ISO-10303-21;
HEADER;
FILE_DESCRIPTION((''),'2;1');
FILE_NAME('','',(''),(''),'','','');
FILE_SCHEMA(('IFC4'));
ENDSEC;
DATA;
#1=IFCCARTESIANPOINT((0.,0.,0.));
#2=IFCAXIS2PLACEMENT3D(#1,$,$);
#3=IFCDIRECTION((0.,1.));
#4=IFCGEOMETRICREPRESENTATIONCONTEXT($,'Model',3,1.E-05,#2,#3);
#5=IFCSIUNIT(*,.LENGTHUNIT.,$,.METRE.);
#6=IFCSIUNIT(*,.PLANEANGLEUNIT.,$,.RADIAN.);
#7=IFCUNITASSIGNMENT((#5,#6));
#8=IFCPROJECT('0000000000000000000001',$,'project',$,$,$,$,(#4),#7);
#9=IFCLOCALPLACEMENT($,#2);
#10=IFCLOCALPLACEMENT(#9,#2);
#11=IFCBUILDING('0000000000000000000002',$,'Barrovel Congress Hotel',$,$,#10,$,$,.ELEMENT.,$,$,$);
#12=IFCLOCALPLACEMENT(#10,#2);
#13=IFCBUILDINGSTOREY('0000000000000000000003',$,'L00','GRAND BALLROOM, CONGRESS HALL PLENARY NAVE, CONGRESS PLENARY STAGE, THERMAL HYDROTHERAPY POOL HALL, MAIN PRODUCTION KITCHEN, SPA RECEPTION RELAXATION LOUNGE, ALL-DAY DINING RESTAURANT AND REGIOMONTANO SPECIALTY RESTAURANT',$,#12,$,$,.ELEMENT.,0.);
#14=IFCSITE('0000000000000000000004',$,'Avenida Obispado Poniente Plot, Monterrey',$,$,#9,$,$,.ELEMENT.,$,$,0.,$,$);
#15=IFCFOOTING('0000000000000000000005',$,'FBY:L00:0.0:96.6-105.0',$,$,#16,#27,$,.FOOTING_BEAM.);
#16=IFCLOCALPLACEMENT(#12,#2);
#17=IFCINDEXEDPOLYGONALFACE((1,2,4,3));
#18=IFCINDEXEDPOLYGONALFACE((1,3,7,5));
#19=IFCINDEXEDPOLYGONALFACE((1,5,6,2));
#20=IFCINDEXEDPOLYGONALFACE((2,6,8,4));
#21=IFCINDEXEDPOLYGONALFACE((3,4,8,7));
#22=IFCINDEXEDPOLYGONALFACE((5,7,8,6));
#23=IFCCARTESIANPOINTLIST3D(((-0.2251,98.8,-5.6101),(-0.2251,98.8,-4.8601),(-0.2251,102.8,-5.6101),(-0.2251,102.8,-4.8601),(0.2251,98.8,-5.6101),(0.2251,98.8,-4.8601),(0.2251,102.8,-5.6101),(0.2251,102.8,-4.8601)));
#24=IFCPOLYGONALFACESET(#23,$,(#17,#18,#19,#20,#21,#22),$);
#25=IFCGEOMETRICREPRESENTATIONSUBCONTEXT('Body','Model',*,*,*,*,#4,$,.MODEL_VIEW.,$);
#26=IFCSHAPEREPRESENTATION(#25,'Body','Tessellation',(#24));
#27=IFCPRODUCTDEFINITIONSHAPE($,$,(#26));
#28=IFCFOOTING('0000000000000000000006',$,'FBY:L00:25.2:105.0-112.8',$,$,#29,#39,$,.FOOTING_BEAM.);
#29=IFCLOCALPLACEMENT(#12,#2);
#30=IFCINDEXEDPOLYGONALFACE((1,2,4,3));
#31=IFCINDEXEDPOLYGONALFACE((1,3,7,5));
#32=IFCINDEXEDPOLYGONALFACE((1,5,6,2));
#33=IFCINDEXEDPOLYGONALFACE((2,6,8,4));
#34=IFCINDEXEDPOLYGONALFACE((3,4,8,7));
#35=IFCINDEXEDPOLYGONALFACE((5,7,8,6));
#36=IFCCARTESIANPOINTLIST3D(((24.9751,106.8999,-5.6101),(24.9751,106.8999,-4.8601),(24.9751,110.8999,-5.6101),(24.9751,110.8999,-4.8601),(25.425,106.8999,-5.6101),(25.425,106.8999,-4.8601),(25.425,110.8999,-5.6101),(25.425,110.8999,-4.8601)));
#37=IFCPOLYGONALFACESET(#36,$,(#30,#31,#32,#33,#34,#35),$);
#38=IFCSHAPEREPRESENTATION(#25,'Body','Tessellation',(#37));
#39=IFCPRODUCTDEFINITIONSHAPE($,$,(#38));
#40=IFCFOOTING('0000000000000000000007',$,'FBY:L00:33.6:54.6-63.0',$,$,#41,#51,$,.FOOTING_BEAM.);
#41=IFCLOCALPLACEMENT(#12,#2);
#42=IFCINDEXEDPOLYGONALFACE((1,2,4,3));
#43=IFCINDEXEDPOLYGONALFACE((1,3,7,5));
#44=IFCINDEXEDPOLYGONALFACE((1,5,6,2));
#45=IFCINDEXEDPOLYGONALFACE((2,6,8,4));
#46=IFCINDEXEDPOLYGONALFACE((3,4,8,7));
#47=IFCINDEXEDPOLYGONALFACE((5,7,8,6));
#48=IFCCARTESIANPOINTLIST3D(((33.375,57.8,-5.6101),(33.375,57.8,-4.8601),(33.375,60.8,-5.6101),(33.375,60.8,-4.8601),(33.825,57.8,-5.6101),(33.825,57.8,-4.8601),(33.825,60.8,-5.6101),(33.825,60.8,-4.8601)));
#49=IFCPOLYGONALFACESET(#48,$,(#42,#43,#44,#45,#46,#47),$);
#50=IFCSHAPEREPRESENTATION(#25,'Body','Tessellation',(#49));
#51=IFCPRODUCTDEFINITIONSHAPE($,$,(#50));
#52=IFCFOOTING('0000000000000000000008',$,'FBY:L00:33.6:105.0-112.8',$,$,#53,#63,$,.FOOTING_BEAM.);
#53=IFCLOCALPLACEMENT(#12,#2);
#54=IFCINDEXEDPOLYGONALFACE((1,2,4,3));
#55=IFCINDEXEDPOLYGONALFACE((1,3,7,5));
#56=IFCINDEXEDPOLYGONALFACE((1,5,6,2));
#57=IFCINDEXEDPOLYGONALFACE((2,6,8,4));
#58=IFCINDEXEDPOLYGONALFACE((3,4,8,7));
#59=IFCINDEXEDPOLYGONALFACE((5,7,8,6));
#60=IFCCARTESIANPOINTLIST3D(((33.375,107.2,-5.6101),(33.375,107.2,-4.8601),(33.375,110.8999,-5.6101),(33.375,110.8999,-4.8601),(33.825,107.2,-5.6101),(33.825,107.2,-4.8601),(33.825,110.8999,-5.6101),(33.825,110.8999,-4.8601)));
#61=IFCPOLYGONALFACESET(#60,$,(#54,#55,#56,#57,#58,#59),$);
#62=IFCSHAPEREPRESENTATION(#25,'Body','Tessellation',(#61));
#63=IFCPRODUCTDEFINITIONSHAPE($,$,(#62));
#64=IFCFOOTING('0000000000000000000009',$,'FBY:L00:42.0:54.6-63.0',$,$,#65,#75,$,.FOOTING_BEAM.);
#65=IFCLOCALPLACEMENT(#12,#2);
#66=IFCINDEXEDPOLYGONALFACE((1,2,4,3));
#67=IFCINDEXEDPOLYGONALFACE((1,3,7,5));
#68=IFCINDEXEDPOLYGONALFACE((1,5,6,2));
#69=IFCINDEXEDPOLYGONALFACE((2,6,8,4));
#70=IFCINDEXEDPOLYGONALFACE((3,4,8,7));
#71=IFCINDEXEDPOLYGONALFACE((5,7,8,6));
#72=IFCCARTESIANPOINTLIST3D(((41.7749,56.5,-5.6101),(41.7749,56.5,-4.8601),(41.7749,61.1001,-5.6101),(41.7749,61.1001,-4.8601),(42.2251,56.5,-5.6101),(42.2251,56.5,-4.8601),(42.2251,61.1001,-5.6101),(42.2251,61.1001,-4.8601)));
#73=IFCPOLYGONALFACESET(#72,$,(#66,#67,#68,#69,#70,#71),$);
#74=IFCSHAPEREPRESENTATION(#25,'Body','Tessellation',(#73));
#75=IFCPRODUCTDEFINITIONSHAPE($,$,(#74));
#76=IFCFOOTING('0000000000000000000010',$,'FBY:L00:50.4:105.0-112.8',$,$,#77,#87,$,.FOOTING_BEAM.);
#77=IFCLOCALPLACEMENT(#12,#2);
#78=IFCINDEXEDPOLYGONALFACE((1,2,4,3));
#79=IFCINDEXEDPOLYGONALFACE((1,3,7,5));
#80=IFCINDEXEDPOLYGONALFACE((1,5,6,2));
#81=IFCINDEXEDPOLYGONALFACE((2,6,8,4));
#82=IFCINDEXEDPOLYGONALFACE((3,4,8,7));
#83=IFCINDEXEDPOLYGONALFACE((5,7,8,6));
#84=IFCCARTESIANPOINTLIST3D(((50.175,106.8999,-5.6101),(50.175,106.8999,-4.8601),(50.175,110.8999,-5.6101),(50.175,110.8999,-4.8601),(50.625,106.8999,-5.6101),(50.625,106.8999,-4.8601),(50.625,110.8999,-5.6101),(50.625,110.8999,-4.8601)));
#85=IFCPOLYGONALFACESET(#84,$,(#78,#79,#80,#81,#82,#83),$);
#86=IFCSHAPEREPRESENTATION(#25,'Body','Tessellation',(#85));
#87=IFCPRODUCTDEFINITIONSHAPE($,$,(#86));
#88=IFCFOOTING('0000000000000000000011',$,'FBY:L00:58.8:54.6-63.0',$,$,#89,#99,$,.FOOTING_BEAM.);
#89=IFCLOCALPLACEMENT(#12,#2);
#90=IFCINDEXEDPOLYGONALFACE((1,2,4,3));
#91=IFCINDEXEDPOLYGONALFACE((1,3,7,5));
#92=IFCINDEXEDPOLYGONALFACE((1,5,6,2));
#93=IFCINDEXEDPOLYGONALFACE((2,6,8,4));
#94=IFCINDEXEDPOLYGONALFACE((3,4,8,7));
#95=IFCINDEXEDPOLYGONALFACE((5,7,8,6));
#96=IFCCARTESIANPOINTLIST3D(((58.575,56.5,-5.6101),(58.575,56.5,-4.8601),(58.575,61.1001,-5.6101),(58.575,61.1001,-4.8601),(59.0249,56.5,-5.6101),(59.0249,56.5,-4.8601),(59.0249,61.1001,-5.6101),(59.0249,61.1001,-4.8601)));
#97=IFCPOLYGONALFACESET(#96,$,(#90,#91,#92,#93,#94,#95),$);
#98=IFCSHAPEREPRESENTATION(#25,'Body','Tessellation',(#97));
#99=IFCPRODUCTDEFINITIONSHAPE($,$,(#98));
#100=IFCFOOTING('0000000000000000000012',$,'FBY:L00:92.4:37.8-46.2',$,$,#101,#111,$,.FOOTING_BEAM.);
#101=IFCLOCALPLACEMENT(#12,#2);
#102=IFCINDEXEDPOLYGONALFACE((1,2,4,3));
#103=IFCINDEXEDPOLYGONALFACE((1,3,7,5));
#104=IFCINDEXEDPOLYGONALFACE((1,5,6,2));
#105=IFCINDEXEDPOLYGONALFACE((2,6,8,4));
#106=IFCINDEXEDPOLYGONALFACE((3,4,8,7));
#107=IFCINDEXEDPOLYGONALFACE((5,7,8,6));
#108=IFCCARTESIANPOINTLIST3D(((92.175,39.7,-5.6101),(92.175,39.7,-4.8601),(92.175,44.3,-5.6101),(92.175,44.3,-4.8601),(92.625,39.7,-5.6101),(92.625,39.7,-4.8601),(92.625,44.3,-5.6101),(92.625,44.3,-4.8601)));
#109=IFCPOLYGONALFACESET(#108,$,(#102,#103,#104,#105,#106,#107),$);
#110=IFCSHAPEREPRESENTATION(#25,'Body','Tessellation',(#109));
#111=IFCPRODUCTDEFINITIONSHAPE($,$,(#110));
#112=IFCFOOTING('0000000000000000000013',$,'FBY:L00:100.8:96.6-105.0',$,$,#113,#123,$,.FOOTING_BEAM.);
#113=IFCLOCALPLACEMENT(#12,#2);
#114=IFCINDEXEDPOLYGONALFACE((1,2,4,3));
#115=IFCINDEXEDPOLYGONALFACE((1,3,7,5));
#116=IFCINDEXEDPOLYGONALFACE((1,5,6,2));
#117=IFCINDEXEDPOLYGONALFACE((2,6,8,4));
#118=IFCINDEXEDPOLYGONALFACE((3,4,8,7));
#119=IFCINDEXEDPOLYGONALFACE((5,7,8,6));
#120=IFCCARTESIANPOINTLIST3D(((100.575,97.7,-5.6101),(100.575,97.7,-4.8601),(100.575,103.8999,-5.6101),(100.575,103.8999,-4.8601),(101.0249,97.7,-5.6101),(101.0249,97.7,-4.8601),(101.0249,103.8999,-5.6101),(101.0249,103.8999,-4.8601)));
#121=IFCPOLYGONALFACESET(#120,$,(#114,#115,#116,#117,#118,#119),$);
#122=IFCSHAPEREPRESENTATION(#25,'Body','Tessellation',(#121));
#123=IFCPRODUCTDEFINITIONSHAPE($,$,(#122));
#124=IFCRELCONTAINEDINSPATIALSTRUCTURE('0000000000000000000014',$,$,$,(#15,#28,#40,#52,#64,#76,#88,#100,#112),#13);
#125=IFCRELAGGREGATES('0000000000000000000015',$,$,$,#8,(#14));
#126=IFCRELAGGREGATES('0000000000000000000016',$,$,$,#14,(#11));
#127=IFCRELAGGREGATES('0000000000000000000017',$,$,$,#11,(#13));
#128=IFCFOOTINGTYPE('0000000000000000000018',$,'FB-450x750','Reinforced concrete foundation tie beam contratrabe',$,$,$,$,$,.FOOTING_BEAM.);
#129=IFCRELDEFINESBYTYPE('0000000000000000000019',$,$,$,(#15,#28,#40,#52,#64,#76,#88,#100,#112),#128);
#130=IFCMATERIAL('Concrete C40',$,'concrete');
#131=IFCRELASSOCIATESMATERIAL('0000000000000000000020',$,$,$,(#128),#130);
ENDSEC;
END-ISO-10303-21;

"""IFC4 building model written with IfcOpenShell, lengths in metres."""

from ifc_helpers import new_model, si_unit, direction, frame, origin, place, context, subcontext, project, spatial, polyline, outline, extrude, material, type_object, element, save


model = new_model("IFC4")

# Units and contexts
model_context = context("Model", 3, precision=1e-05, world=origin(), true_north=direction((0.0, 1.0)))
body_context = subcontext(model_context, "Body", "Model", "MODEL_VIEW")
ifc_project = project(units=[si_unit("LENGTHUNIT", "METRE"), si_unit("PLANEANGLEUNIT", "RADIAN")], contexts=[model_context])

# Site, building, storey
site_placement = place(None, origin())
site = spatial("IfcSite", under=ifc_project, at=site_placement, Name="Avenida Obispado Poniente Plot, Monterrey", CompositionType="ELEMENT", RefElevation=0.0)
building_placement = place(site_placement, origin())
building = spatial("IfcBuilding", under=site, at=building_placement, Name="Barrovel Congress Hotel", CompositionType="ELEMENT")
storey_placement = place(building_placement, origin())
storey = spatial("IfcBuildingStorey", under=building, at=storey_placement, Name="L00", Description="GRAND BALLROOM, CONGRESS HALL PLENARY NAVE, CONGRESS PLENARY STAGE, THERMAL HYDROTHERAPY POOL HALL, MAIN PRODUCTION KITCHEN, SPA RECEPTION RELAXATION LOUNGE, ALL-DAY DINING RESTAURANT AND REGIOMONTANO SPECIALTY RESTAURANT", CompositionType="ELEMENT", Elevation=0.0)

# Footings
ifc_material = material(Name="Concrete C40", Category="concrete")
footing_type_1 = type_object("IfcFootingType", Name="FB-450x750", Description="Reinforced concrete foundation tie beam contratrabe", PredefinedType="FOOTING_BEAM", material=ifc_material)
footing_1_placement = place(storey_placement, frame((0.0, 0.0, -5.6101)))
element("IfcFooting", 1, at=footing_1_placement, inside=storey, type_object=footing_type_1, Name="FBY:L00:0.0:96.6-105.0", PredefinedType="FOOTING_BEAM", context=body_context, shape_type="SweptSolid", body=[
    extrude(outline(polyline([(-0.2251, 98.8), (0.2251, 98.8), (0.2251, 102.8), (-0.2251, 102.8), (-0.2251, 98.8)])), origin(), (0.0, 0.0, 1.0), 0.75),
])
footing_2_placement = place(storey_placement, frame((0.0, 0.0, -5.6101)))
element("IfcFooting", 2, at=footing_2_placement, inside=storey, type_object=footing_type_1, Name="FBY:L00:25.2:105.0-112.8", PredefinedType="FOOTING_BEAM", context=body_context, shape_type="SweptSolid", body=[
    extrude(outline(polyline([(24.9751, 106.8999), (25.425, 106.8999), (25.425, 110.8999), (24.9751, 110.8999), (24.9751, 106.8999)])), origin(), (0.0, 0.0, 1.0), 0.75),
])
footing_3_placement = place(storey_placement, frame((0.0, 0.0, -5.6101)))
element("IfcFooting", 3, at=footing_3_placement, inside=storey, type_object=footing_type_1, Name="FBY:L00:33.6:54.6-63.0", PredefinedType="FOOTING_BEAM", context=body_context, shape_type="SweptSolid", body=[
    extrude(outline(polyline([(33.375, 57.8), (33.825, 57.8), (33.825, 60.8), (33.375, 60.8), (33.375, 57.8)])), origin(), (0.0, 0.0, 1.0), 0.75),
])
footing_4_placement = place(storey_placement, frame((0.0, 0.0, -5.6101)))
element("IfcFooting", 4, at=footing_4_placement, inside=storey, type_object=footing_type_1, Name="FBY:L00:33.6:105.0-112.8", PredefinedType="FOOTING_BEAM", context=body_context, shape_type="SweptSolid", body=[
    extrude(outline(polyline([(33.375, 107.2), (33.825, 107.2), (33.825, 110.8999), (33.375, 110.8999), (33.375, 107.2)])), origin(), (0.0, 0.0, 1.0), 0.75),
])
footing_5_placement = place(storey_placement, frame((0.0, 0.0, -5.6101)))
element("IfcFooting", 5, at=footing_5_placement, inside=storey, type_object=footing_type_1, Name="FBY:L00:42.0:54.6-63.0", PredefinedType="FOOTING_BEAM", context=body_context, shape_type="SweptSolid", body=[
    extrude(outline(polyline([(41.7749, 56.5), (42.2251, 56.5), (42.2251, 61.1001), (41.7749, 61.1001), (41.7749, 56.5)])), origin(), (0.0, 0.0, 1.0), 0.75),
])
footing_6_placement = place(storey_placement, frame((0.0, 0.0, -5.6101)))
element("IfcFooting", 6, at=footing_6_placement, inside=storey, type_object=footing_type_1, Name="FBY:L00:50.4:105.0-112.8", PredefinedType="FOOTING_BEAM", context=body_context, shape_type="SweptSolid", body=[
    extrude(outline(polyline([(50.175, 106.8999), (50.625, 106.8999), (50.625, 110.8999), (50.175, 110.8999), (50.175, 106.8999)])), origin(), (0.0, 0.0, 1.0), 0.75),
])
footing_7_placement = place(storey_placement, frame((0.0, 0.0, -5.6101)))
element("IfcFooting", 7, at=footing_7_placement, inside=storey, type_object=footing_type_1, Name="FBY:L00:58.8:54.6-63.0", PredefinedType="FOOTING_BEAM", context=body_context, shape_type="SweptSolid", body=[
    extrude(outline(polyline([(58.575, 56.5), (59.0249, 56.5), (59.0249, 61.1001), (58.575, 61.1001), (58.575, 56.5)])), origin(), (0.0, 0.0, 1.0), 0.75),
])
footing_8_placement = place(storey_placement, frame((0.0, 0.0, -5.6101)))
element("IfcFooting", 8, at=footing_8_placement, inside=storey, type_object=footing_type_1, Name="FBY:L00:92.4:37.8-46.2", PredefinedType="FOOTING_BEAM", context=body_context, shape_type="SweptSolid", body=[
    extrude(outline(polyline([(92.175, 39.7), (92.625, 39.7), (92.625, 44.3), (92.175, 44.3), (92.175, 39.7)])), origin(), (0.0, 0.0, 1.0), 0.75),
])
footing_9_placement = place(storey_placement, frame((0.0, 0.0, -5.6101)))
element("IfcFooting", 9, at=footing_9_placement, inside=storey, type_object=footing_type_1, Name="FBY:L00:100.8:96.6-105.0", PredefinedType="FOOTING_BEAM", context=body_context, shape_type="SweptSolid", body=[
    extrude(outline(polyline([(100.575, 97.7), (101.0249, 97.7), (101.0249, 103.8999), (100.575, 103.8999), (100.575, 97.7)])), origin(), (0.0, 0.0, 1.0), 0.75),
])

save(model, "model.ifc")
